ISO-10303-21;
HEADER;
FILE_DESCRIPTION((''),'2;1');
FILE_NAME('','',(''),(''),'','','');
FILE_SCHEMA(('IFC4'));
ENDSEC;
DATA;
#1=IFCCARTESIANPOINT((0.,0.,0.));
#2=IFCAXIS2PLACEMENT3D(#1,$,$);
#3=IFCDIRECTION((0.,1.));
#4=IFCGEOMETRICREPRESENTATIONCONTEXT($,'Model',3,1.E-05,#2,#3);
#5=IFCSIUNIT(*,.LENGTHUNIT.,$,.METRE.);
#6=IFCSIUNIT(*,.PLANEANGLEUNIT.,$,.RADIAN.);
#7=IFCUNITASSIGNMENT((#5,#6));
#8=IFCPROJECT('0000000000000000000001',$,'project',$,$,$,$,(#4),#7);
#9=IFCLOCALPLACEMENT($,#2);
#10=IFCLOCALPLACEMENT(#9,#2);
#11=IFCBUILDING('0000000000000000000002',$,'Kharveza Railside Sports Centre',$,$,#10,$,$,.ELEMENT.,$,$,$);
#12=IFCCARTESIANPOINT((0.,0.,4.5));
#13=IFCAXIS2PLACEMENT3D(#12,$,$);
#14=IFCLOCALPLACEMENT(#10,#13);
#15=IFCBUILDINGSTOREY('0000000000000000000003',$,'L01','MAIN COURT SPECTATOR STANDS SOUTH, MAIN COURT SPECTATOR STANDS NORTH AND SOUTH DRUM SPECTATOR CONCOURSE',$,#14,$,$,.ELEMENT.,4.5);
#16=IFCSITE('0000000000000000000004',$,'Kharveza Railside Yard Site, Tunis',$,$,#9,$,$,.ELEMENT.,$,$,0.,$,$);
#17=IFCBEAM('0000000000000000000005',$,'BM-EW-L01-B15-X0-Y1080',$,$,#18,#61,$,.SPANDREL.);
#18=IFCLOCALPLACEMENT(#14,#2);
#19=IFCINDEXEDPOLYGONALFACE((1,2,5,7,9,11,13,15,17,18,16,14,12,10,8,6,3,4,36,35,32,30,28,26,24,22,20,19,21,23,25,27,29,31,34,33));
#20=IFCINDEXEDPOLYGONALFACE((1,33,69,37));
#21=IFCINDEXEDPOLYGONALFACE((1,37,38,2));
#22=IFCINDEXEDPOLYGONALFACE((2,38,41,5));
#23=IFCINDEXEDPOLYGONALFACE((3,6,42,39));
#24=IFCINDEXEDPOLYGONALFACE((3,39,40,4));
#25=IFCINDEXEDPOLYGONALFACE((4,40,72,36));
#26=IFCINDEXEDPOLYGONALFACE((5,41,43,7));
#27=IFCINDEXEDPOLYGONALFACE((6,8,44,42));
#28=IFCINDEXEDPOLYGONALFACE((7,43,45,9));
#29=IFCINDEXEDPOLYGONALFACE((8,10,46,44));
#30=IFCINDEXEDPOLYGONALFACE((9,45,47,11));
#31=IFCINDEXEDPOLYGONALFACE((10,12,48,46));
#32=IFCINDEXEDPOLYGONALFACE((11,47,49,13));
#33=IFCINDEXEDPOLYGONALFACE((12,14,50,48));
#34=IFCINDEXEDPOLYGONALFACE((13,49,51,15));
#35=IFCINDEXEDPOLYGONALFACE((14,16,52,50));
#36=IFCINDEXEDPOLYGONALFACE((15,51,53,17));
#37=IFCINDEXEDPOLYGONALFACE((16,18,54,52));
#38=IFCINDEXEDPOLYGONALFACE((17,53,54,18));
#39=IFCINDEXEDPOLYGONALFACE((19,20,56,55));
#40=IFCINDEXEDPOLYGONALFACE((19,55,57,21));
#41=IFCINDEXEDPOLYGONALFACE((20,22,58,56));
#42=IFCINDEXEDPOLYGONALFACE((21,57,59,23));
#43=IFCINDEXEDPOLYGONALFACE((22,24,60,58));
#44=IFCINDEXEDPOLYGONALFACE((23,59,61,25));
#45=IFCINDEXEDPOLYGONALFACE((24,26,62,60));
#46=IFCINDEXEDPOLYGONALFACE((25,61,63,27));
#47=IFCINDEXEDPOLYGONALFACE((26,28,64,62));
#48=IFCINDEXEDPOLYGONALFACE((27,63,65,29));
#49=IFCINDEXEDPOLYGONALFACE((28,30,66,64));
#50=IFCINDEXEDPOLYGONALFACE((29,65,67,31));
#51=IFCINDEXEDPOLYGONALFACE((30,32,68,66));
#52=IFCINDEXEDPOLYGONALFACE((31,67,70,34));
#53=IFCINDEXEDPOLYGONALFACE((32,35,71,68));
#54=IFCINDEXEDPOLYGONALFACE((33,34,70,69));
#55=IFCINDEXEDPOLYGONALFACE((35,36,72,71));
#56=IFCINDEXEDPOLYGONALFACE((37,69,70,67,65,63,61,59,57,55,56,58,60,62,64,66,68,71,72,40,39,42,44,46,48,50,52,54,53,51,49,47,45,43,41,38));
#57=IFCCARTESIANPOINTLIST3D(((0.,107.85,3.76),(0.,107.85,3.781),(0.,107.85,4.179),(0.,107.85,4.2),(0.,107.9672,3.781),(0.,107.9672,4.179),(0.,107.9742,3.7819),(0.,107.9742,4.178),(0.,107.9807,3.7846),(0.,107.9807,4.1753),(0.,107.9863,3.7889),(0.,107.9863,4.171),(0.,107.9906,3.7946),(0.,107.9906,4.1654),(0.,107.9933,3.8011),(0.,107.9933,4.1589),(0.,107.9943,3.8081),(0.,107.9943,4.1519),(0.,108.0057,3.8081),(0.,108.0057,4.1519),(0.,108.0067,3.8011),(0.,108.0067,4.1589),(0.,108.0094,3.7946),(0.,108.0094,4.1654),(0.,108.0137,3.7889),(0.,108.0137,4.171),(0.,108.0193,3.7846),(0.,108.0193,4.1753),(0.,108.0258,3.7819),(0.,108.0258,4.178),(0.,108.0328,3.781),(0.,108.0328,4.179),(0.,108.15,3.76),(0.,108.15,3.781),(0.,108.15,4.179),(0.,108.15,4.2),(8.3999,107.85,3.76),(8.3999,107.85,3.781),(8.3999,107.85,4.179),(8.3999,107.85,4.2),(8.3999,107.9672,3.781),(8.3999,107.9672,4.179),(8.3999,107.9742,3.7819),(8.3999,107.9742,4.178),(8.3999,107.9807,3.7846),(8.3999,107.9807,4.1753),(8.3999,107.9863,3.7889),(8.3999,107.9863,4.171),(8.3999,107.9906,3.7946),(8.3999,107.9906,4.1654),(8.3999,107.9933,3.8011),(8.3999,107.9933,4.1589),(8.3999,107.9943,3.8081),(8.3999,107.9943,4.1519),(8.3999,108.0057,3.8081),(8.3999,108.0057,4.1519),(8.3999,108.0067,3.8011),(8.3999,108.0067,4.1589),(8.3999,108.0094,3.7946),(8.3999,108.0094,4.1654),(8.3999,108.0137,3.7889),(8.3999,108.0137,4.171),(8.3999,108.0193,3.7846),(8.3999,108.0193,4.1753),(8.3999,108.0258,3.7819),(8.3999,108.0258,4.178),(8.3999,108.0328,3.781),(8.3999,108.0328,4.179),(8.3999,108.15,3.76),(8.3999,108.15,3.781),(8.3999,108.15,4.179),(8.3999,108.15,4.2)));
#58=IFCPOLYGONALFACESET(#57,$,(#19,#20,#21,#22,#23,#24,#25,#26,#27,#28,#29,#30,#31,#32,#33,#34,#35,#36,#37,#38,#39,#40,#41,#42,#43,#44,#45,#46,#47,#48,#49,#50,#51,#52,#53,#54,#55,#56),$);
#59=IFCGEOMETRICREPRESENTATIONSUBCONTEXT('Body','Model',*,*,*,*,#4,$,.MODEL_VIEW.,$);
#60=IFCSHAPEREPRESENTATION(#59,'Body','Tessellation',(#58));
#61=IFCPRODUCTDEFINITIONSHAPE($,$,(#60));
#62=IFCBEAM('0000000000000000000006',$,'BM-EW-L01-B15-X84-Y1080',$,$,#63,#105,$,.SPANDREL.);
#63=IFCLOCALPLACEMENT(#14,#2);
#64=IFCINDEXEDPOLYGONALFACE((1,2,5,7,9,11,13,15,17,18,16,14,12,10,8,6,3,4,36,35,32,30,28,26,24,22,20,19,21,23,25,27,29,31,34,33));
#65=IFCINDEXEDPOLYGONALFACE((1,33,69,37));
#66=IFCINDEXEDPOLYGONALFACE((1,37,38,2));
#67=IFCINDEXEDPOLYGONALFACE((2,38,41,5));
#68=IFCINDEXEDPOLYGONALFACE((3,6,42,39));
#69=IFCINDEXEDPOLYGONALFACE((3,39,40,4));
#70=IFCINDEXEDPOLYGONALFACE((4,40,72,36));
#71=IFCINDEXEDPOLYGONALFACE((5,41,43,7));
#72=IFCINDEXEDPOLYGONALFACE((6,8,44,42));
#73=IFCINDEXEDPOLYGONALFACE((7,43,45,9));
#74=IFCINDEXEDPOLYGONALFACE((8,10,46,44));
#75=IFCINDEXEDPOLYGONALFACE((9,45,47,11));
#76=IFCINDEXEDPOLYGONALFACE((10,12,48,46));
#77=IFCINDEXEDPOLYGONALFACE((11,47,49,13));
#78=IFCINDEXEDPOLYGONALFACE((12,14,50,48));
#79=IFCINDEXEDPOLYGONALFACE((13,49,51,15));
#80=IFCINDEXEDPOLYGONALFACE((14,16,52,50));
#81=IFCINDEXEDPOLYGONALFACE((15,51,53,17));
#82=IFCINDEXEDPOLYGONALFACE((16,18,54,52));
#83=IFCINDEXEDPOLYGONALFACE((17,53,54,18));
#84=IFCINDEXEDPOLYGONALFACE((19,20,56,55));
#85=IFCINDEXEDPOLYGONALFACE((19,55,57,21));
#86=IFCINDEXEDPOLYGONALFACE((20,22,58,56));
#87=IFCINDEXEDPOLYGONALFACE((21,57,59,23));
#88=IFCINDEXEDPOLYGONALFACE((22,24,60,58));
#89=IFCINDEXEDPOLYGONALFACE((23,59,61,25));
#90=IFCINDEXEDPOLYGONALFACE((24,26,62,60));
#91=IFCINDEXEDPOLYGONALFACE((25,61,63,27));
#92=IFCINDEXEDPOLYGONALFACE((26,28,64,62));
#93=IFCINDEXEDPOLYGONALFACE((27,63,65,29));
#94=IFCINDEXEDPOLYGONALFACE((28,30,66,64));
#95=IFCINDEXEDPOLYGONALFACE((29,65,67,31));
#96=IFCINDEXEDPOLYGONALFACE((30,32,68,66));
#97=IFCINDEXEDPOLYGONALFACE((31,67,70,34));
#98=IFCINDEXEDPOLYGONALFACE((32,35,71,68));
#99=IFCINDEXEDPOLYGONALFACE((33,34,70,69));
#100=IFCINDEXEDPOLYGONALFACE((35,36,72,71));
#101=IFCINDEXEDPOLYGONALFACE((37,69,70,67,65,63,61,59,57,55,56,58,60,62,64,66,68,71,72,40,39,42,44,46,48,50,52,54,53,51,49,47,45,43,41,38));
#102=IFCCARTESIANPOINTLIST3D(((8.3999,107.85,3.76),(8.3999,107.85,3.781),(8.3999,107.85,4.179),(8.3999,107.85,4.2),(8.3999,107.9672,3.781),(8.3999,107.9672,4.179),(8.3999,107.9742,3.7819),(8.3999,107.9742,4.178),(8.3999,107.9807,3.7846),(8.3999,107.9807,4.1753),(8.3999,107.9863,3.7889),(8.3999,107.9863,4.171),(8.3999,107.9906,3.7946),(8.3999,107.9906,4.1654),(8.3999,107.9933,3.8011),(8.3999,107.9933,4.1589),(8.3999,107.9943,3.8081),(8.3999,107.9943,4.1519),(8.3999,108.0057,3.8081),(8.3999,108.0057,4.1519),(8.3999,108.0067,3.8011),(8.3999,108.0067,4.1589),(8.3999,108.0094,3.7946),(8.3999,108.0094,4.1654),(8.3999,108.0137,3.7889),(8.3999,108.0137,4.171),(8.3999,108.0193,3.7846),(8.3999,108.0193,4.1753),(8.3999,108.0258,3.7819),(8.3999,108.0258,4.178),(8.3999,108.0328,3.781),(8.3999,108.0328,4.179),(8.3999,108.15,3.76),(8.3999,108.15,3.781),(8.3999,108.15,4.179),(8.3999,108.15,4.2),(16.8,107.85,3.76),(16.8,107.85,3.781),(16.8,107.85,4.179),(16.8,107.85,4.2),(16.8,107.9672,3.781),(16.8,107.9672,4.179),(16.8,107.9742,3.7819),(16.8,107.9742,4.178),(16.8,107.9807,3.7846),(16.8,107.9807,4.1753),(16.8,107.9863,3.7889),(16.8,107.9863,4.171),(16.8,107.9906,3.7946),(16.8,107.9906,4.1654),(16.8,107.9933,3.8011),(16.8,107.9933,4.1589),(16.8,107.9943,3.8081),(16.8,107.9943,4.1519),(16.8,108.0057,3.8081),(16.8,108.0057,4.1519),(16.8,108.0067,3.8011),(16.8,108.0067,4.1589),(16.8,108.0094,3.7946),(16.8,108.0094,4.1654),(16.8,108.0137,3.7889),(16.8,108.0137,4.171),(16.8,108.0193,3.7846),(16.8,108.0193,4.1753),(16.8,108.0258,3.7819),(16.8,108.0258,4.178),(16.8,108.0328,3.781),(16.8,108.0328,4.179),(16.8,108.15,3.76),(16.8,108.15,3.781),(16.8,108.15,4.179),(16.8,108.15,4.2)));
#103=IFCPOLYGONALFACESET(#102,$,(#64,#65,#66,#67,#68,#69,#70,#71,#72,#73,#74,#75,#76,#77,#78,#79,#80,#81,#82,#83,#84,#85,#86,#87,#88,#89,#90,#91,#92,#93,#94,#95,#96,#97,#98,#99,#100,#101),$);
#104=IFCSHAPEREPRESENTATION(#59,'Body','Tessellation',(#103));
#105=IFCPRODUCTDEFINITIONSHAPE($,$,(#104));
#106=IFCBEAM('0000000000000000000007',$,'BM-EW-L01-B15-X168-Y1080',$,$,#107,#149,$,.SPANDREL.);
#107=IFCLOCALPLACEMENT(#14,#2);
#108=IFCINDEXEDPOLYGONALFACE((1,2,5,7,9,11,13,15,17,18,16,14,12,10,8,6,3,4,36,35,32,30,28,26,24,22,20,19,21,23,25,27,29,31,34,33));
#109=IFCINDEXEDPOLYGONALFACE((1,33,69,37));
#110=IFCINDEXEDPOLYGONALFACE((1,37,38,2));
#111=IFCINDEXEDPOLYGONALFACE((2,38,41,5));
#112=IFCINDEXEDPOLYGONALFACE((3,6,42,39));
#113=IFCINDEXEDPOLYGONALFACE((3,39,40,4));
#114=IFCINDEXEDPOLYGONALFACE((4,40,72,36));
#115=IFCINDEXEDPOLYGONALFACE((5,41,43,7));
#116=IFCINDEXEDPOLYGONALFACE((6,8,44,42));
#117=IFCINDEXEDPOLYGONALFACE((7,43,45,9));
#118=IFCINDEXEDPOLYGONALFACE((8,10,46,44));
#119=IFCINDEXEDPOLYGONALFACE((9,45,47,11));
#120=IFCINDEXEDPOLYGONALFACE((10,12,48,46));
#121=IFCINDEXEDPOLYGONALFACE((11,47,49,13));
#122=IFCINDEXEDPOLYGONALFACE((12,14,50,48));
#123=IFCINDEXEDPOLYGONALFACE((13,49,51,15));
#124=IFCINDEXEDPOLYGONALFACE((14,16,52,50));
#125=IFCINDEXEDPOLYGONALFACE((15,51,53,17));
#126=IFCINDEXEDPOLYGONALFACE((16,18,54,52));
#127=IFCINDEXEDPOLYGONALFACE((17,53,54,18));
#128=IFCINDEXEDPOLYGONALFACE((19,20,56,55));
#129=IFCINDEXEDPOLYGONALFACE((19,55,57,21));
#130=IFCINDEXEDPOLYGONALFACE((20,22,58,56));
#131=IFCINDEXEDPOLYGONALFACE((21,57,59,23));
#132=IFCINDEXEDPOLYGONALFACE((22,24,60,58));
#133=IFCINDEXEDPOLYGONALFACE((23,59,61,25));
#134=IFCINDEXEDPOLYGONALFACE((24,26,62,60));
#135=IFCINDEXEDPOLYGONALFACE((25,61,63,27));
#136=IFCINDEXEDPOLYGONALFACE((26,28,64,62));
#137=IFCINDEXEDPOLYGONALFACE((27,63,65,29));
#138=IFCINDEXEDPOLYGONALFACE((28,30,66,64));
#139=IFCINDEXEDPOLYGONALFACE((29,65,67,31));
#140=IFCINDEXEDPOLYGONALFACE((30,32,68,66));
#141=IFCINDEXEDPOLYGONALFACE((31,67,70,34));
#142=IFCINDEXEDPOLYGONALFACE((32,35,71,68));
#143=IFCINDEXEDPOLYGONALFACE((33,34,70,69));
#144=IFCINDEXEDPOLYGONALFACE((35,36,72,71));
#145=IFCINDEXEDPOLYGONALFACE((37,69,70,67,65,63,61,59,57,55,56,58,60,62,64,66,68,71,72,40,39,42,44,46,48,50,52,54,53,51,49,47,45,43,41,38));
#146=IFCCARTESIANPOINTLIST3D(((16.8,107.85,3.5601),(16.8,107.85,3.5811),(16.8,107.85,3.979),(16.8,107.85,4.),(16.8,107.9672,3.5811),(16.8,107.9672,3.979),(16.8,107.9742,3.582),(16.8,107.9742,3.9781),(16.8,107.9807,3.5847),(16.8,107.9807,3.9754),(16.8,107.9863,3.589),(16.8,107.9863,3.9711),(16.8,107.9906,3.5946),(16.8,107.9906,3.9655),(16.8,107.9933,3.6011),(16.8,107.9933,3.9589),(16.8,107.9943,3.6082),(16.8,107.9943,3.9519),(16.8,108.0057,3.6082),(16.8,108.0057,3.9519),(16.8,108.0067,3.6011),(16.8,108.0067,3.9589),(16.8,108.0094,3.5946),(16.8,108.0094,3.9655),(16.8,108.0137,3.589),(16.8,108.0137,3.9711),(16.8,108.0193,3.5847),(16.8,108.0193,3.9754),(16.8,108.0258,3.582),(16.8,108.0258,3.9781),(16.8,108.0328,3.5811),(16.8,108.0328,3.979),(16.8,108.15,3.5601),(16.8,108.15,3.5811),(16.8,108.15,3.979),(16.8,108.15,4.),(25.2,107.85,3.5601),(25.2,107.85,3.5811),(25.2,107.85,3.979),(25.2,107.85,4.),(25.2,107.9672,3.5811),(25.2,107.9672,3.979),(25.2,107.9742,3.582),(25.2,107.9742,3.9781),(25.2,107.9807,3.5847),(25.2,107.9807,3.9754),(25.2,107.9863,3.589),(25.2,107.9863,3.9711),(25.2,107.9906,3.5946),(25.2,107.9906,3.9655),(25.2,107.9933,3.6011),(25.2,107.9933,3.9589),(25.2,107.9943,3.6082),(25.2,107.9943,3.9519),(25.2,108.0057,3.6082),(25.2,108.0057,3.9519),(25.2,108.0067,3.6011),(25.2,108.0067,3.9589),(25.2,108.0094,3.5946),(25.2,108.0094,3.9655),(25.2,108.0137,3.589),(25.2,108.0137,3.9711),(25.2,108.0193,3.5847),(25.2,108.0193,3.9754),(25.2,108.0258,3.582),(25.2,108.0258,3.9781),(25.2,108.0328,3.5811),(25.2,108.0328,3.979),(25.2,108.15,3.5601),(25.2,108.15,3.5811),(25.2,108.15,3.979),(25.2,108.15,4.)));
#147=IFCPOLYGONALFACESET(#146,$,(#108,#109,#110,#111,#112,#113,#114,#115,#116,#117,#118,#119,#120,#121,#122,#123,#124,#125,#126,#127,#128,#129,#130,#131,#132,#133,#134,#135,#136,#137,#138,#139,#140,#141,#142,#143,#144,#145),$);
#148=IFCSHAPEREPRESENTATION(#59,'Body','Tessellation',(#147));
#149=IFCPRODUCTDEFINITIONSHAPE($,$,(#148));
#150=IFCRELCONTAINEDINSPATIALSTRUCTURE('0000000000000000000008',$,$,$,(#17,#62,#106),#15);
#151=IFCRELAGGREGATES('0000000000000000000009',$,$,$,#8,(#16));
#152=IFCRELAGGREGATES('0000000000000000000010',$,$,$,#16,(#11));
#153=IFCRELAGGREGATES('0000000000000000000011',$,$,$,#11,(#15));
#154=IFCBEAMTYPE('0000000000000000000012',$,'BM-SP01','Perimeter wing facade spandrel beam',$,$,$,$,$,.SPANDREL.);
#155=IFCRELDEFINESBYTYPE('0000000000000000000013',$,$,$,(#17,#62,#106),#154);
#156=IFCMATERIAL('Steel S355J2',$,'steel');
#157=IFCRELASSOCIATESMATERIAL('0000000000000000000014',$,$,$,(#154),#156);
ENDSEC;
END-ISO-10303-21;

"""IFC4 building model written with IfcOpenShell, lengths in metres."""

from ifc_helpers import new_model, si_unit, direction, frame, origin, origin_2d, place, context, subcontext, project, spatial, i_section, extrude, material, material_profile, profile_set, type_object, element, save


model = new_model("IFC4")

# Units and contexts
model_context = context("Model", 3, precision=1e-05, world=origin(), true_north=direction((0.0, 1.0)))
body_context = subcontext(model_context, "Body", "Model", "MODEL_VIEW")
ifc_project = project(units=[si_unit("LENGTHUNIT", "METRE"), si_unit("PLANEANGLEUNIT", "RADIAN")], contexts=[model_context])

# Site, building, storey
site_placement = place(None, origin())
site = spatial("IfcSite", under=ifc_project, at=site_placement, Name="Kharveza Railside Yard Site, Tunis", CompositionType="ELEMENT", RefElevation=0.0)
building_placement = place(site_placement, origin())
building = spatial("IfcBuilding", under=site, at=building_placement, Name="Kharveza Railside Sports Centre", CompositionType="ELEMENT")
storey_placement = place(building_placement, frame((0.0, 0.0, 4.5)))
storey = spatial("IfcBuildingStorey", under=building, at=storey_placement, Name="L01", Description="MAIN COURT SPECTATOR STANDS SOUTH, MAIN COURT SPECTATOR STANDS NORTH AND SOUTH DRUM SPECTATOR CONCOURSE", CompositionType="ELEMENT", Elevation=4.5)

# Shared definitions
ifc_material_1 = material(Name="Steel S355J2", Category="steel")

# Beams
ifc_material_profile_1 = material_profile(ifc_material_1, i_section(OverallWidth=0.3, OverallDepth=0.4399, WebThickness=0.0115, FlangeThickness=0.021, FilletRadius=0.0271, at=origin_2d()), Name="HEA 450")
ifc_profile_set_1 = profile_set([ifc_material_profile_1], Name="Steel S355J2")
beam_type_1 = type_object("IfcBeamType", Name="BM-SP01", Description="Perimeter wing facade spandrel beam", PredefinedType="SPANDREL", material=ifc_profile_set_1)
beam_1_placement = place(storey_placement, frame((0.0, 108.0, 3.98), z_axis=(1.0, 0.0, 0.0), x_axis=(0.0, 1.0, 0.0)))
element("IfcBeam", 1, at=beam_1_placement, inside=storey, type_object=beam_type_1, Name="BM-EW-L01-B15-X0-Y1080", PredefinedType="SPANDREL", context=body_context, shape_type="SweptSolid", body=[
    extrude(i_section(OverallWidth=0.3, OverallDepth=0.4399, WebThickness=0.0115, FlangeThickness=0.021, FilletRadius=0.0271, at=origin_2d()), origin(), (0.0, 0.0, 1.0), 8.3999),
])
beam_2_placement = place(storey_placement, frame((8.3999, 108.0, 3.98), z_axis=(1.0, 0.0, 0.0), x_axis=(0.0, 1.0, 0.0)))
element("IfcBeam", 2, at=beam_2_placement, inside=storey, type_object=beam_type_1, Name="BM-EW-L01-B15-X84-Y1080", PredefinedType="SPANDREL", context=body_context, shape_type="SweptSolid", body=[
    extrude(i_section(OverallWidth=0.3, OverallDepth=0.4399, WebThickness=0.0115, FlangeThickness=0.021, FilletRadius=0.0271, at=origin_2d()), origin(), (0.0, 0.0, 1.0), 8.4001),
])
beam_3_placement = place(storey_placement, frame((16.8, 108.0, 3.78), z_axis=(1.0, 0.0, 0.0), x_axis=(0.0, 1.0, 0.0)))
element("IfcBeam", 3, at=beam_3_placement, inside=storey, type_object=beam_type_1, Name="BM-EW-L01-B15-X168-Y1080", PredefinedType="SPANDREL", context=body_context, shape_type="SweptSolid", body=[
    extrude(i_section(OverallWidth=0.3, OverallDepth=0.4399, WebThickness=0.0115, FlangeThickness=0.021, FilletRadius=0.0271, at=origin_2d()), origin(), (0.0, 0.0, 1.0), 8.3999),
])

save(model, "model.ifc")
